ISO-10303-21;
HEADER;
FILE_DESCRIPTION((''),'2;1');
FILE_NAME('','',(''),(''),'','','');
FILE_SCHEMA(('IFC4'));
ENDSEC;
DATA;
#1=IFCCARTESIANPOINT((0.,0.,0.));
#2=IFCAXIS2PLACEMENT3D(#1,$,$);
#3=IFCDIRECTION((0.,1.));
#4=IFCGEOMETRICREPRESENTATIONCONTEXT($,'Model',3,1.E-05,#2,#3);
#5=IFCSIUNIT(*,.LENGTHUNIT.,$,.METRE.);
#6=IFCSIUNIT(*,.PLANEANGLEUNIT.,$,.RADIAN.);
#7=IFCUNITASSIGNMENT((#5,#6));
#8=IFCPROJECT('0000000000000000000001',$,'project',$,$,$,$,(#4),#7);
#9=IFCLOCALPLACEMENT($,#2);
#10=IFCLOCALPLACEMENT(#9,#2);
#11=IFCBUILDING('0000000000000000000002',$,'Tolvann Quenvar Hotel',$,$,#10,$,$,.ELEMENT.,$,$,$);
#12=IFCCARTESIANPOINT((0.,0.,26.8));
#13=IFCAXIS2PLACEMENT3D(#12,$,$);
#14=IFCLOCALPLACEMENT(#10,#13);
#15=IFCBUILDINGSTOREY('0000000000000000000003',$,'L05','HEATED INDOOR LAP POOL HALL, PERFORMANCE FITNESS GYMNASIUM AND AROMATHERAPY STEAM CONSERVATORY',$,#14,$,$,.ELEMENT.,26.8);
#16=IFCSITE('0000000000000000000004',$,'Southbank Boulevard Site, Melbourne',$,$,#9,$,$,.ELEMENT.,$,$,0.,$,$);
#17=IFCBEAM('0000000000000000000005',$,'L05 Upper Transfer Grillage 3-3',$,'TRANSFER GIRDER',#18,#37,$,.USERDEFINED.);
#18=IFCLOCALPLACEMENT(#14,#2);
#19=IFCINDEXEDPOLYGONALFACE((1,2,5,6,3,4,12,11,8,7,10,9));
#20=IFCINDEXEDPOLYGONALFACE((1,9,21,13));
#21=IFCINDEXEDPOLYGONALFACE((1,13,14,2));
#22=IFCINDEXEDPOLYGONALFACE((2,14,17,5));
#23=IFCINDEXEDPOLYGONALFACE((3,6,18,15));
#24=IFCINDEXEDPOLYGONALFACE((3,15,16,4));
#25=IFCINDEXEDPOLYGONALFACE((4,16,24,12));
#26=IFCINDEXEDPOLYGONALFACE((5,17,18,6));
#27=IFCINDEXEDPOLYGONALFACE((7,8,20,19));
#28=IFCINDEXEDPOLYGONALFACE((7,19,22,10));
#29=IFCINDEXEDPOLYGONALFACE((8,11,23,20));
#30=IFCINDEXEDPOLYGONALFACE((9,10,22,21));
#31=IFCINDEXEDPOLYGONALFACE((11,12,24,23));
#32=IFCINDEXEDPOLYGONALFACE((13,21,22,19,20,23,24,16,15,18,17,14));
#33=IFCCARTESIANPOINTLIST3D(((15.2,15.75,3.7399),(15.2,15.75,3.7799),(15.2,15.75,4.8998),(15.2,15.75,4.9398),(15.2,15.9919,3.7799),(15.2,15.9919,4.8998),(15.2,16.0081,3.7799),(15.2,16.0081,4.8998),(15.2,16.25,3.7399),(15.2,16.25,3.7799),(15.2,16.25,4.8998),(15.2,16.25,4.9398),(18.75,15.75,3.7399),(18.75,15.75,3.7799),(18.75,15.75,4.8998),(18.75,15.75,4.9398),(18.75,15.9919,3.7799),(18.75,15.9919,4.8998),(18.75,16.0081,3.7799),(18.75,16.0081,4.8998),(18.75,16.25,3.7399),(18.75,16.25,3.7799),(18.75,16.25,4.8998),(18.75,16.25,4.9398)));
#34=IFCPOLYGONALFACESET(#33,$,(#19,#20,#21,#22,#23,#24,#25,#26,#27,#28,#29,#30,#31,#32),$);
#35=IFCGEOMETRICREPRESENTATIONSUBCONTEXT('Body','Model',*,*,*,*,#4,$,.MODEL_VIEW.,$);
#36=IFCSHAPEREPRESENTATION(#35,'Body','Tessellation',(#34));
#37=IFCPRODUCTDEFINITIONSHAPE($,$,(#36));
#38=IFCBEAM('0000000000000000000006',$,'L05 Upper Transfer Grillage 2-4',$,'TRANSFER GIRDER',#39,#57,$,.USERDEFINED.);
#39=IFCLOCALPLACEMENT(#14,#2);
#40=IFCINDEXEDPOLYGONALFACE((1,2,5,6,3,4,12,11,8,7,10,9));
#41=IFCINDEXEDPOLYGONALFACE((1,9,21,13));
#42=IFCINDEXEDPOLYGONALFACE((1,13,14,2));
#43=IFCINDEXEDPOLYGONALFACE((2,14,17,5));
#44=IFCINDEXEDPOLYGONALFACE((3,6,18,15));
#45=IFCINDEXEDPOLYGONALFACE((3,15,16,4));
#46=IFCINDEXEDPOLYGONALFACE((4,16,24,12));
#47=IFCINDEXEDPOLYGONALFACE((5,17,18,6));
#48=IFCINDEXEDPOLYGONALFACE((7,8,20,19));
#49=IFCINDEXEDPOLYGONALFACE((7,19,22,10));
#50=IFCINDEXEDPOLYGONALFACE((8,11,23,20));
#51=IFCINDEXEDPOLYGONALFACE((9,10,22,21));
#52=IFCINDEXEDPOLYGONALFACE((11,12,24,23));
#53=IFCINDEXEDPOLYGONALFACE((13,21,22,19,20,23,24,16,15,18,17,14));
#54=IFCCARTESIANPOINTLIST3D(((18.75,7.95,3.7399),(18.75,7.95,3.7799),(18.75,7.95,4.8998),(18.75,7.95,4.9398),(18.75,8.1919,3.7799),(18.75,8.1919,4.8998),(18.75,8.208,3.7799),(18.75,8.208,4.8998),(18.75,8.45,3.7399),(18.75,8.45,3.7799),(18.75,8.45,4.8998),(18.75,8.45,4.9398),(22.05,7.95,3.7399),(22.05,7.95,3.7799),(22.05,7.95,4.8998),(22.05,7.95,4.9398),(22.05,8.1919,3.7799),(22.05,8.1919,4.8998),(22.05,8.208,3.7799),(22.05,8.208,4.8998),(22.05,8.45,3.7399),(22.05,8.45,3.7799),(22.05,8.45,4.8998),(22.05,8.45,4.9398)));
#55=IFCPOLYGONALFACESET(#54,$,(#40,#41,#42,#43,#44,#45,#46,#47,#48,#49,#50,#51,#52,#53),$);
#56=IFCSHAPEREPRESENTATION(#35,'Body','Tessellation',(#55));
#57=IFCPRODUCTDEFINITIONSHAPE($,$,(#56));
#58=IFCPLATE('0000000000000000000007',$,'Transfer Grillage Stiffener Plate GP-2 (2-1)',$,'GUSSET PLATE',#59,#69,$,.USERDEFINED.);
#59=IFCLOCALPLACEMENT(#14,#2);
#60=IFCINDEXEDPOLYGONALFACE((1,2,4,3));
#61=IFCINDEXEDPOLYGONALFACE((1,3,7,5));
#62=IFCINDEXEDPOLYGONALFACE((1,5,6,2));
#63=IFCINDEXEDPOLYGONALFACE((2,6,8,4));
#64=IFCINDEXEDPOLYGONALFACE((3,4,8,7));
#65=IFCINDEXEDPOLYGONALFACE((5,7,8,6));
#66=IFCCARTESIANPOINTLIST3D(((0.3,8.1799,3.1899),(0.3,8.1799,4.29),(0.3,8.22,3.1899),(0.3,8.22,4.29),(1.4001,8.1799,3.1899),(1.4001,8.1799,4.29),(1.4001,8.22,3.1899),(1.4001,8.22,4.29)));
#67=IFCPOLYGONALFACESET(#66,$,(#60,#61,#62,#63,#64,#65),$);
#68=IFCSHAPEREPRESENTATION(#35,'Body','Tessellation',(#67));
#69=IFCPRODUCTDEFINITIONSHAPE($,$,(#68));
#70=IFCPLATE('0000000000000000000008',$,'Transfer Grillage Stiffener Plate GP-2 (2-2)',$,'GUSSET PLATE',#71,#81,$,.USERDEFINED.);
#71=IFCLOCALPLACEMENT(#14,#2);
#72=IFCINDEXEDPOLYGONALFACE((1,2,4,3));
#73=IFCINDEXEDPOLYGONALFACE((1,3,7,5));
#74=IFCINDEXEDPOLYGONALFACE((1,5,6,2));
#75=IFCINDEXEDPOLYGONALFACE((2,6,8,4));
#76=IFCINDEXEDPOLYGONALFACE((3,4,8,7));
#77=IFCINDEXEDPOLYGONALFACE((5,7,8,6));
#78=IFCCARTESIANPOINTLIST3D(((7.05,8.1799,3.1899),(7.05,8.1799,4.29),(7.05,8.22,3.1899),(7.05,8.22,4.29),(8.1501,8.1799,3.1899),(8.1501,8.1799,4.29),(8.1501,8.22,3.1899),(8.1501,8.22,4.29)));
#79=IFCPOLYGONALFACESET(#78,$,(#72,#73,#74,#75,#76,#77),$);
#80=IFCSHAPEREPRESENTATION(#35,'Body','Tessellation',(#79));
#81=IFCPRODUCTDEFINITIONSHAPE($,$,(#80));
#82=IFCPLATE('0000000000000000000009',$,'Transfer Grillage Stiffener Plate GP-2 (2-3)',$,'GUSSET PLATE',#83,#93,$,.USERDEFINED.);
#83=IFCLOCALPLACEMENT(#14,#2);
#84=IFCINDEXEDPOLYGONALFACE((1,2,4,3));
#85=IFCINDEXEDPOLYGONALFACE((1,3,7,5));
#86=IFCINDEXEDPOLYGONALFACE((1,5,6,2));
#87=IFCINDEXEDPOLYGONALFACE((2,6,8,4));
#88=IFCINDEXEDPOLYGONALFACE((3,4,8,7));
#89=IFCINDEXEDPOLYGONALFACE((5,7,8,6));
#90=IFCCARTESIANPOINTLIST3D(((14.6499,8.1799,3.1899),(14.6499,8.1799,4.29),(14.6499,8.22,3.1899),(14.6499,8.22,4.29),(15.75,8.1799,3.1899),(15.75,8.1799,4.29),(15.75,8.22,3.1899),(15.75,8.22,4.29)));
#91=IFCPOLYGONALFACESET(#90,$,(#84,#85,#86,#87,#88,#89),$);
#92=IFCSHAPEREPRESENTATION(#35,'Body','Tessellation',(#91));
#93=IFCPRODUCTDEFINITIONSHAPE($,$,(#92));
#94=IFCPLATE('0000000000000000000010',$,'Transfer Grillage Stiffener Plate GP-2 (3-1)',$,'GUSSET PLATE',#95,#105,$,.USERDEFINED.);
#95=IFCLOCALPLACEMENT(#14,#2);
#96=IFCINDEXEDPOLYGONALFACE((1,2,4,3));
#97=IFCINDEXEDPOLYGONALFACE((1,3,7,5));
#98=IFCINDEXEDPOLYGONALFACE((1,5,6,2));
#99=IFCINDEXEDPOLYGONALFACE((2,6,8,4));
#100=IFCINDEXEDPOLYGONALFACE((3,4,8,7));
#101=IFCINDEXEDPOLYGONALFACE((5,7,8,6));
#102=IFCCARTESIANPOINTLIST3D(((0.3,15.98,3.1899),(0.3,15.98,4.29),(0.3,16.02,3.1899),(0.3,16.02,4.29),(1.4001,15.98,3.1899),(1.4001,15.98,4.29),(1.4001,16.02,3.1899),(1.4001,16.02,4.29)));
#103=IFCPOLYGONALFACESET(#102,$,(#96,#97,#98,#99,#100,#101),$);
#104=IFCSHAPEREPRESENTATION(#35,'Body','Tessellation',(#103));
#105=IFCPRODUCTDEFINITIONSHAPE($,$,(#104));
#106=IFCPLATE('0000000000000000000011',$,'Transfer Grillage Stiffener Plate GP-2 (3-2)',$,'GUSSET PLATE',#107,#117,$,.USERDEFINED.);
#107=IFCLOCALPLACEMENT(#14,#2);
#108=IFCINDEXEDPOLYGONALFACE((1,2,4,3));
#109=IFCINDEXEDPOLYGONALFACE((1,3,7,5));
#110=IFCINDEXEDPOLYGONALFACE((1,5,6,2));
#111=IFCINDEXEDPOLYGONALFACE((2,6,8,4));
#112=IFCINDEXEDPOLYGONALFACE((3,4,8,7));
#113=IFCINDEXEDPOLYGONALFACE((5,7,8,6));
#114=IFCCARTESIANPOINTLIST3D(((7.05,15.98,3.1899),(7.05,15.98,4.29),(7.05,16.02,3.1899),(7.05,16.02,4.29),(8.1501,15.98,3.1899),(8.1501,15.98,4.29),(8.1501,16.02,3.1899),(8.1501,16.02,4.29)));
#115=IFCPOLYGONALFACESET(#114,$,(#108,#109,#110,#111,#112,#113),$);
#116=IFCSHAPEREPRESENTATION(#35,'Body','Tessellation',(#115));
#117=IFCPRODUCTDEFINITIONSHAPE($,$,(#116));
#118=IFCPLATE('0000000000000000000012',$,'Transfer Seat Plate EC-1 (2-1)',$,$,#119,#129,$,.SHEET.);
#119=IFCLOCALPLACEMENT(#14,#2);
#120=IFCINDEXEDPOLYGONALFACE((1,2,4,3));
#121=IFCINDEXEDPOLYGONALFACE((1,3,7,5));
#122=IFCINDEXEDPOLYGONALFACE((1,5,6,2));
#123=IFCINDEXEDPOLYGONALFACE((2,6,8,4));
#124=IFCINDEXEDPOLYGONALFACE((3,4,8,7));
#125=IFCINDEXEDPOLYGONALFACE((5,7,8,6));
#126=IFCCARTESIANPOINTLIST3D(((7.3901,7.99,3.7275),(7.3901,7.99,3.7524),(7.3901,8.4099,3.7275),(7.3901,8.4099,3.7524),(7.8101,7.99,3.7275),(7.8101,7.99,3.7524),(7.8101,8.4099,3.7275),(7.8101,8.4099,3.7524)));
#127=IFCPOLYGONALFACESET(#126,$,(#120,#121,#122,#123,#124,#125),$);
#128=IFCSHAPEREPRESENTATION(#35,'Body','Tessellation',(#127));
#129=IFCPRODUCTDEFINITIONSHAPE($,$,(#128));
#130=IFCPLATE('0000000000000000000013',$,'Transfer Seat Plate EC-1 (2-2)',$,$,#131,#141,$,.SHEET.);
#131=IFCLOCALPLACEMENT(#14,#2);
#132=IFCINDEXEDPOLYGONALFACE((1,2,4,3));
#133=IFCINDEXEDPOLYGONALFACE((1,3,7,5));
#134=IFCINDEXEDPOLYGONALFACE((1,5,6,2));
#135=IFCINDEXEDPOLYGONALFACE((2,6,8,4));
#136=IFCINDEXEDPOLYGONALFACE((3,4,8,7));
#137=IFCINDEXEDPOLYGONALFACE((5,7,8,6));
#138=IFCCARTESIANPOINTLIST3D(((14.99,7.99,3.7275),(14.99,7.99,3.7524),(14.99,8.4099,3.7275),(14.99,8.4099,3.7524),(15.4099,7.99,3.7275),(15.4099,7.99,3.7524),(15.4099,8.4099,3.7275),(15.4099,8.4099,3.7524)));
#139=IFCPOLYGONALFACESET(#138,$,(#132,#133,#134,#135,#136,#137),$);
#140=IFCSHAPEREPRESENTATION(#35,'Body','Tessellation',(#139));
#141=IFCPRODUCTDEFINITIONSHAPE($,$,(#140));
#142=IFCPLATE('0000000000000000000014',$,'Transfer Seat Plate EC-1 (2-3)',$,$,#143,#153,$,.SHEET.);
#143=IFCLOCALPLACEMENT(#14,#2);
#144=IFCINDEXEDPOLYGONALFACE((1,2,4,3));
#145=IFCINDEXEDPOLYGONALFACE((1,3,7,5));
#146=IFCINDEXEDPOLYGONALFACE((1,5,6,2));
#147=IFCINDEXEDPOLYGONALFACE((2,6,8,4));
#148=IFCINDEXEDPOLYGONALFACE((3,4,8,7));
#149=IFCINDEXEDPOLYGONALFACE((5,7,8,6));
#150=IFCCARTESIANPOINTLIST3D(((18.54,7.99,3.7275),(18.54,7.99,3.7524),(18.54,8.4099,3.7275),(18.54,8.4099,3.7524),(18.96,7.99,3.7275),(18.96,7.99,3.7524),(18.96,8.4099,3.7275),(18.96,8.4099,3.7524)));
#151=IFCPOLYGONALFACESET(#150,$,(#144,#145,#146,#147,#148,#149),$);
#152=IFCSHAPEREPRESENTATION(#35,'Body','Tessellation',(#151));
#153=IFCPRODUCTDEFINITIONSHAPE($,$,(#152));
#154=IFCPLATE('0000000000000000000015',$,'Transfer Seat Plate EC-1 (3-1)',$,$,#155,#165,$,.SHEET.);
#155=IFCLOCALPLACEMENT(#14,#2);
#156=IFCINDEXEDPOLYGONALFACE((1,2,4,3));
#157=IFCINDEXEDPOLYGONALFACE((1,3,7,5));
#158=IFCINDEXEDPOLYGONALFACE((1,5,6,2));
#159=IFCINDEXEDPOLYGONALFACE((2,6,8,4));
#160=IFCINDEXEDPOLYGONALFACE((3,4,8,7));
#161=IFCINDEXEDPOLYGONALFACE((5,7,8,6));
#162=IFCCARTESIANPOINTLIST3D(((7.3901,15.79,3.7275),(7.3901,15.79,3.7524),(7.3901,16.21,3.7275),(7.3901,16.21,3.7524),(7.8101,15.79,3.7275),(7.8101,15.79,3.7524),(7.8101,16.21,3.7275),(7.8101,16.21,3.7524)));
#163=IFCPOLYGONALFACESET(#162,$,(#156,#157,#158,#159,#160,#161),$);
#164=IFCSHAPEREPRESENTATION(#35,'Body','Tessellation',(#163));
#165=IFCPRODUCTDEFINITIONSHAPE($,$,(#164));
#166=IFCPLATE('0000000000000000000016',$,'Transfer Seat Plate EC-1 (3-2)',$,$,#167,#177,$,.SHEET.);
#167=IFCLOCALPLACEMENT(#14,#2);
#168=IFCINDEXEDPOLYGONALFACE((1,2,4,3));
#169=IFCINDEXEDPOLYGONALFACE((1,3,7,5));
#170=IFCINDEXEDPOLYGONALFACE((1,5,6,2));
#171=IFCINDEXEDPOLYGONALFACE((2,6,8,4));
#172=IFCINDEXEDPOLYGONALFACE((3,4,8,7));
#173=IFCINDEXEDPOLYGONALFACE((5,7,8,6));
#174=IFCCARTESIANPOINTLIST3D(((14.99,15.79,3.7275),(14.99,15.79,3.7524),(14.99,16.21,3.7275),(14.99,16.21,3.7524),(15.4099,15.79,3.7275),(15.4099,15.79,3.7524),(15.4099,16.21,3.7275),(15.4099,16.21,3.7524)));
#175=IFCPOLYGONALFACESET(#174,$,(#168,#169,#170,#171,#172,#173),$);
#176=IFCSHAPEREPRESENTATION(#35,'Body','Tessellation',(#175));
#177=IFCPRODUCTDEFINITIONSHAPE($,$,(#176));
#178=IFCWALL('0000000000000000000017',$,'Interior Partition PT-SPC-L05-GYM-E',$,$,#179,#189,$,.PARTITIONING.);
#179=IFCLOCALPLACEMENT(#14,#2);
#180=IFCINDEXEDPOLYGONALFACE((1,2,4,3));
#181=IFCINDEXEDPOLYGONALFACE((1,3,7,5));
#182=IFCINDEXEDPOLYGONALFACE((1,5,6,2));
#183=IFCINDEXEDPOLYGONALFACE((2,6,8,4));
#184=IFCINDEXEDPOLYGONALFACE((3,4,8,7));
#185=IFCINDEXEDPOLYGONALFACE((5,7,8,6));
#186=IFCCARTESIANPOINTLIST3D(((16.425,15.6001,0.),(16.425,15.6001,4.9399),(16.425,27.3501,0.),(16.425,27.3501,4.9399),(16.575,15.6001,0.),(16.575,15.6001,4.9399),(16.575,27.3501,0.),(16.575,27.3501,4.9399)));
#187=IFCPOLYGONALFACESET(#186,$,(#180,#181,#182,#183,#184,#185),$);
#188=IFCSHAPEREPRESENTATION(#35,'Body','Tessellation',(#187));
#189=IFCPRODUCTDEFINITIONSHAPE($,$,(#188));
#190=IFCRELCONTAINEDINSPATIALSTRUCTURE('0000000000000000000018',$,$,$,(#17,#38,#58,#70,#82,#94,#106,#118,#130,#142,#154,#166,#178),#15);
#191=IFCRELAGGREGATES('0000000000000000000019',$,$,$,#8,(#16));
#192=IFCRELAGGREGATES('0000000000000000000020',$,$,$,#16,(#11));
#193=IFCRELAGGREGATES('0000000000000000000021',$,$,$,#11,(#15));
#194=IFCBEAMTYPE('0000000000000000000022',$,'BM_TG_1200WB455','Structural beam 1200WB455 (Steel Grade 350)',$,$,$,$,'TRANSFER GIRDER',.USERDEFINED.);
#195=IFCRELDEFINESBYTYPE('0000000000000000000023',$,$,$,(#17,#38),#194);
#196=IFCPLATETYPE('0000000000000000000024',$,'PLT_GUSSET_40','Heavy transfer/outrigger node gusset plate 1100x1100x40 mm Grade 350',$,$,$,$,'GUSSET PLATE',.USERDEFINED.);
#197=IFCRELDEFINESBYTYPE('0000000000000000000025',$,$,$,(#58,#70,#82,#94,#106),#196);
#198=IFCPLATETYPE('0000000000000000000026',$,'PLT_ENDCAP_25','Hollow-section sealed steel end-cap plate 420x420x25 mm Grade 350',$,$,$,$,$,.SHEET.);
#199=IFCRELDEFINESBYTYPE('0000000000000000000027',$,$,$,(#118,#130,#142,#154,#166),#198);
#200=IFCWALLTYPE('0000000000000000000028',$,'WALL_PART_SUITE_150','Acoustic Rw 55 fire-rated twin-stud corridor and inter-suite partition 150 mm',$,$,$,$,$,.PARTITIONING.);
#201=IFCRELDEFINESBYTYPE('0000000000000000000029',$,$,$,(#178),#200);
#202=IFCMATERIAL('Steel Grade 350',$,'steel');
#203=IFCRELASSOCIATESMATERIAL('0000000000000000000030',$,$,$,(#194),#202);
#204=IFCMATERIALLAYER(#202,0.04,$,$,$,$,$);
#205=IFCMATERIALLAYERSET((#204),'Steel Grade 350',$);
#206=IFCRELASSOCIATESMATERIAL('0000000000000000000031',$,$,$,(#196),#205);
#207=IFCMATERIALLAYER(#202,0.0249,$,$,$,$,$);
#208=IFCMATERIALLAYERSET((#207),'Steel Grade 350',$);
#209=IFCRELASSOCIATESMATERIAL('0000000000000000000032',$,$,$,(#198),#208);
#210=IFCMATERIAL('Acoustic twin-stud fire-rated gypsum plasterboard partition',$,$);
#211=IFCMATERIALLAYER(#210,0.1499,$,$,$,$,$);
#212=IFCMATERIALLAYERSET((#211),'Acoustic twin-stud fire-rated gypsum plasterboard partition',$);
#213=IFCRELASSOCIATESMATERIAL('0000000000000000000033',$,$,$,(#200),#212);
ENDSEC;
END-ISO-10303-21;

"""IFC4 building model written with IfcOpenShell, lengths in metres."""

from ifc_helpers import new_model, si_unit, direction, frame, frame_2d, origin, origin_2d, place, context, subcontext, project, spatial, rectangle, i_section, extrude, source, transform, mapped, material, layer, layer_set, material_profile, profile_set, type_object, type_shapes, element, save


model = new_model("IFC4")

# Units and contexts
model_context = context("Model", 3, precision=1e-05, world=origin(), true_north=direction((0.0, 1.0)))
body_context = subcontext(model_context, "Body", "Model", "MODEL_VIEW")
ifc_project = project(units=[si_unit("LENGTHUNIT", "METRE"), si_unit("PLANEANGLEUNIT", "RADIAN")], contexts=[model_context])

# Site, building, storey
site_placement = place(None, origin())
site = spatial("IfcSite", under=ifc_project, at=site_placement, Name="Southbank Boulevard Site, Melbourne", CompositionType="ELEMENT", RefElevation=0.0)
building_placement = place(site_placement, origin())
building = spatial("IfcBuilding", under=site, at=building_placement, Name="Tolvann Quenvar Hotel", CompositionType="ELEMENT")
storey_placement = place(building_placement, frame((0.0, 0.0, 26.8)))
storey = spatial("IfcBuildingStorey", under=building, at=storey_placement, Name="L05", Description="HEATED INDOOR LAP POOL HALL, PERFORMANCE FITNESS GYMNASIUM AND AROMATHERAPY STEAM CONSERVATORY", CompositionType="ELEMENT", Elevation=26.8)

# Beams
ifc_material_1 = material(Name="Steel Grade 350", Category="steel")
ifc_material_profile_1 = material_profile(ifc_material_1, i_section(OverallWidth=0.5, OverallDepth=1.2, WebThickness=0.0161, FlangeThickness=0.04, at=origin_2d()), Name="1200WB455")
ifc_profile_set_1 = profile_set([ifc_material_profile_1], Name="Steel Grade 350")
beam_type_1 = type_object("IfcBeamType", Name="BM_TG_1200WB455", Description="Structural beam 1200WB455 (Steel Grade 350)", ElementType="TRANSFER GIRDER", PredefinedType="USERDEFINED", material=ifc_profile_set_1)
shared_shape_1 = source(origin(), body_context, "Body", "SweptSolid", [
    extrude(i_section(OverallWidth=0.5, OverallDepth=1.2, WebThickness=0.0161, FlangeThickness=0.04, at=origin_2d()), origin(), (0.0, 0.0, 1.0), 3.55),
])
for number, where, z_axis, x_axis, name in (
    (1, (15.2, 16.0, 4.3398), (1.0, 0.0, 0.0), (0.0, 1.0, 0.0), "L05 Upper Transfer Grillage 3-3"),
):
    element("IfcBeam", number, at=place(storey_placement, frame(where, z_axis=z_axis, x_axis=x_axis)), inside=storey, type_object=beam_type_1, Name=name, ObjectType="TRANSFER GIRDER", PredefinedType="USERDEFINED", context=body_context, shape_type="MappedRepresentation", body=[
        mapped(shared_shape_1, transform((0.0, 0.0, 0.0), x_axis=(1.0, 0.0, 0.0), y_axis=(0.0, 1.0, 0.0), z_axis=(0.0, 0.0, 1.0), scale=1.0)),
    ])
shared_shape_2 = source(origin(), body_context, "Body", "SweptSolid", [
    extrude(i_section(OverallWidth=0.5, OverallDepth=1.2, WebThickness=0.0161, FlangeThickness=0.04, at=origin_2d()), origin(), (0.0, 0.0, 1.0), 3.3),
])
beam_1_placement = place(storey_placement, frame((18.75, 8.2, 4.3398), z_axis=(1.0, 0.0, 0.0), x_axis=(0.0, 1.0, 0.0)))
element("IfcBeam", 2, at=beam_1_placement, inside=storey, type_object=beam_type_1, Name="L05 Upper Transfer Grillage 2-4", ObjectType="TRANSFER GIRDER", PredefinedType="USERDEFINED", context=body_context, shape_type="MappedRepresentation", body=[
    mapped(shared_shape_2, transform((0.0, 0.0, 0.0), x_axis=(1.0, 0.0, 0.0), y_axis=(0.0, 1.0, 0.0), z_axis=(0.0, 0.0, 1.0), scale=1.0)),
])

# Plates
ifc_layer_1 = layer(ifc_material_1, 0.04)
ifc_layer_set_1 = layer_set([ifc_layer_1], Name="Steel Grade 350")
plate_type_1 = type_object("IfcPlateType", Name="PLT_GUSSET_40", Description="Heavy transfer/outrigger node gusset plate 1100x1100x40 mm Grade 350", ElementType="GUSSET PLATE", PredefinedType="USERDEFINED", material=ifc_layer_set_1)
shared_shape_3 = source(origin(), body_context, "Body", "SweptSolid", [
    extrude(rectangle(XDim=1.1001, YDim=0.04, at=origin_2d()), origin(), (0.0, 0.0, 1.0), 1.1001),
])
type_shapes(plate_type_1, [shared_shape_3])
for number, where, z_axis, x_axis, name in (
    (3, (0.8501, 8.2, 3.1899), (0.0, 0.0, 1.0), (1.0, 0.0, 0.0), "Transfer Grillage Stiffener Plate GP-2 (2-1)"),
    (4, (7.6001, 8.2, 3.1899), (0.0, 0.0, 1.0), (1.0, 0.0, 0.0), "Transfer Grillage Stiffener Plate GP-2 (2-2)"),
    (5, (15.2, 8.2, 3.1899), (0.0, 0.0, 1.0), (1.0, 0.0, 0.0), "Transfer Grillage Stiffener Plate GP-2 (2-3)"),
    (6, (0.8501, 16.0, 3.1899), (0.0, 0.0, 1.0), (1.0, 0.0, 0.0), "Transfer Grillage Stiffener Plate GP-2 (3-1)"),
    (7, (7.6001, 16.0, 3.1899), (0.0, 0.0, 1.0), (1.0, 0.0, 0.0), "Transfer Grillage Stiffener Plate GP-2 (3-2)"),
):
    element("IfcPlate", number, at=place(storey_placement, frame(where, z_axis=z_axis, x_axis=x_axis)), inside=storey, type_object=plate_type_1, Name=name, ObjectType="GUSSET PLATE", PredefinedType="USERDEFINED", context=body_context, shape_type="MappedRepresentation", body=[
        mapped(shared_shape_3, transform((0.0, 0.0, 0.0), x_axis=(1.0, 0.0, 0.0), y_axis=(0.0, 1.0, 0.0), z_axis=(0.0, 0.0, 1.0), scale=1.0)),
    ])
ifc_layer_2 = layer(ifc_material_1, 0.0249)
ifc_layer_set_2 = layer_set([ifc_layer_2], Name="Steel Grade 350")
plate_type_2 = type_object("IfcPlateType", Name="PLT_ENDCAP_25", Description="Hollow-section sealed steel end-cap plate 420x420x25 mm Grade 350", PredefinedType="SHEET", material=ifc_layer_set_2)
shared_shape_4 = source(origin(), body_context, "Body", "SweptSolid", [
    extrude(rectangle(XDim=0.4199, YDim=0.4199, at=origin_2d()), origin(), (0.0, 0.0, 1.0), 0.0249),
])
type_shapes(plate_type_2, [shared_shape_4])
for number, where, z_axis, x_axis, name in (
    (8, (7.6001, 8.2, 3.7275), (0.0, 0.0, 1.0), (1.0, 0.0, 0.0), "Transfer Seat Plate EC-1 (2-1)"),
    (9, (15.2, 8.2, 3.7275), (0.0, 0.0, 1.0), (1.0, 0.0, 0.0), "Transfer Seat Plate EC-1 (2-2)"),
    (10, (18.75, 8.2, 3.7275), (0.0, 0.0, 1.0), (1.0, 0.0, 0.0), "Transfer Seat Plate EC-1 (2-3)"),
    (11, (7.6001, 16.0, 3.7275), (0.0, 0.0, 1.0), (1.0, 0.0, 0.0), "Transfer Seat Plate EC-1 (3-1)"),
    (12, (15.2, 16.0, 3.7275), (0.0, 0.0, 1.0), (1.0, 0.0, 0.0), "Transfer Seat Plate EC-1 (3-2)"),
):
    element("IfcPlate", number, at=place(storey_placement, frame(where, z_axis=z_axis, x_axis=x_axis)), inside=storey, type_object=plate_type_2, Name=name, PredefinedType="SHEET", context=body_context, shape_type="MappedRepresentation", body=[
        mapped(shared_shape_4, transform((0.0, 0.0, 0.0), x_axis=(1.0, 0.0, 0.0), y_axis=(0.0, 1.0, 0.0), z_axis=(0.0, 0.0, 1.0), scale=1.0)),
    ])

# Wall
ifc_material_2 = material(Name="Acoustic twin-stud fire-rated gypsum plasterboard partition")
ifc_layer_3 = layer(ifc_material_2, 0.1499)
ifc_layer_set_3 = layer_set([ifc_layer_3], Name="Acoustic twin-stud fire-rated gypsum plasterboard partition")
wall_type = type_object("IfcWallType", Name="WALL_PART_SUITE_150", Description="Acoustic Rw 55 fire-rated twin-stud corridor and inter-suite partition 150 mm", PredefinedType="PARTITIONING", material=ifc_layer_set_3)
wall_placement = place(storey_placement, frame((16.5, 15.6001, 0.0), z_axis=(0.0, 0.0, 1.0), x_axis=(0.0, 1.0, 0.0)))
element("IfcWall", 13, at=wall_placement, inside=storey, type_object=wall_type, Name="Interior Partition PT-SPC-L05-GYM-E", PredefinedType="PARTITIONING", context=body_context, shape_type="SweptSolid", body=[
    extrude(rectangle(XDim=11.75, YDim=0.1499, at=frame_2d((5.875, 0.0))), origin(), (0.0, 0.0, 1.0), 4.9399),
])

save(model, "model.ifc")
